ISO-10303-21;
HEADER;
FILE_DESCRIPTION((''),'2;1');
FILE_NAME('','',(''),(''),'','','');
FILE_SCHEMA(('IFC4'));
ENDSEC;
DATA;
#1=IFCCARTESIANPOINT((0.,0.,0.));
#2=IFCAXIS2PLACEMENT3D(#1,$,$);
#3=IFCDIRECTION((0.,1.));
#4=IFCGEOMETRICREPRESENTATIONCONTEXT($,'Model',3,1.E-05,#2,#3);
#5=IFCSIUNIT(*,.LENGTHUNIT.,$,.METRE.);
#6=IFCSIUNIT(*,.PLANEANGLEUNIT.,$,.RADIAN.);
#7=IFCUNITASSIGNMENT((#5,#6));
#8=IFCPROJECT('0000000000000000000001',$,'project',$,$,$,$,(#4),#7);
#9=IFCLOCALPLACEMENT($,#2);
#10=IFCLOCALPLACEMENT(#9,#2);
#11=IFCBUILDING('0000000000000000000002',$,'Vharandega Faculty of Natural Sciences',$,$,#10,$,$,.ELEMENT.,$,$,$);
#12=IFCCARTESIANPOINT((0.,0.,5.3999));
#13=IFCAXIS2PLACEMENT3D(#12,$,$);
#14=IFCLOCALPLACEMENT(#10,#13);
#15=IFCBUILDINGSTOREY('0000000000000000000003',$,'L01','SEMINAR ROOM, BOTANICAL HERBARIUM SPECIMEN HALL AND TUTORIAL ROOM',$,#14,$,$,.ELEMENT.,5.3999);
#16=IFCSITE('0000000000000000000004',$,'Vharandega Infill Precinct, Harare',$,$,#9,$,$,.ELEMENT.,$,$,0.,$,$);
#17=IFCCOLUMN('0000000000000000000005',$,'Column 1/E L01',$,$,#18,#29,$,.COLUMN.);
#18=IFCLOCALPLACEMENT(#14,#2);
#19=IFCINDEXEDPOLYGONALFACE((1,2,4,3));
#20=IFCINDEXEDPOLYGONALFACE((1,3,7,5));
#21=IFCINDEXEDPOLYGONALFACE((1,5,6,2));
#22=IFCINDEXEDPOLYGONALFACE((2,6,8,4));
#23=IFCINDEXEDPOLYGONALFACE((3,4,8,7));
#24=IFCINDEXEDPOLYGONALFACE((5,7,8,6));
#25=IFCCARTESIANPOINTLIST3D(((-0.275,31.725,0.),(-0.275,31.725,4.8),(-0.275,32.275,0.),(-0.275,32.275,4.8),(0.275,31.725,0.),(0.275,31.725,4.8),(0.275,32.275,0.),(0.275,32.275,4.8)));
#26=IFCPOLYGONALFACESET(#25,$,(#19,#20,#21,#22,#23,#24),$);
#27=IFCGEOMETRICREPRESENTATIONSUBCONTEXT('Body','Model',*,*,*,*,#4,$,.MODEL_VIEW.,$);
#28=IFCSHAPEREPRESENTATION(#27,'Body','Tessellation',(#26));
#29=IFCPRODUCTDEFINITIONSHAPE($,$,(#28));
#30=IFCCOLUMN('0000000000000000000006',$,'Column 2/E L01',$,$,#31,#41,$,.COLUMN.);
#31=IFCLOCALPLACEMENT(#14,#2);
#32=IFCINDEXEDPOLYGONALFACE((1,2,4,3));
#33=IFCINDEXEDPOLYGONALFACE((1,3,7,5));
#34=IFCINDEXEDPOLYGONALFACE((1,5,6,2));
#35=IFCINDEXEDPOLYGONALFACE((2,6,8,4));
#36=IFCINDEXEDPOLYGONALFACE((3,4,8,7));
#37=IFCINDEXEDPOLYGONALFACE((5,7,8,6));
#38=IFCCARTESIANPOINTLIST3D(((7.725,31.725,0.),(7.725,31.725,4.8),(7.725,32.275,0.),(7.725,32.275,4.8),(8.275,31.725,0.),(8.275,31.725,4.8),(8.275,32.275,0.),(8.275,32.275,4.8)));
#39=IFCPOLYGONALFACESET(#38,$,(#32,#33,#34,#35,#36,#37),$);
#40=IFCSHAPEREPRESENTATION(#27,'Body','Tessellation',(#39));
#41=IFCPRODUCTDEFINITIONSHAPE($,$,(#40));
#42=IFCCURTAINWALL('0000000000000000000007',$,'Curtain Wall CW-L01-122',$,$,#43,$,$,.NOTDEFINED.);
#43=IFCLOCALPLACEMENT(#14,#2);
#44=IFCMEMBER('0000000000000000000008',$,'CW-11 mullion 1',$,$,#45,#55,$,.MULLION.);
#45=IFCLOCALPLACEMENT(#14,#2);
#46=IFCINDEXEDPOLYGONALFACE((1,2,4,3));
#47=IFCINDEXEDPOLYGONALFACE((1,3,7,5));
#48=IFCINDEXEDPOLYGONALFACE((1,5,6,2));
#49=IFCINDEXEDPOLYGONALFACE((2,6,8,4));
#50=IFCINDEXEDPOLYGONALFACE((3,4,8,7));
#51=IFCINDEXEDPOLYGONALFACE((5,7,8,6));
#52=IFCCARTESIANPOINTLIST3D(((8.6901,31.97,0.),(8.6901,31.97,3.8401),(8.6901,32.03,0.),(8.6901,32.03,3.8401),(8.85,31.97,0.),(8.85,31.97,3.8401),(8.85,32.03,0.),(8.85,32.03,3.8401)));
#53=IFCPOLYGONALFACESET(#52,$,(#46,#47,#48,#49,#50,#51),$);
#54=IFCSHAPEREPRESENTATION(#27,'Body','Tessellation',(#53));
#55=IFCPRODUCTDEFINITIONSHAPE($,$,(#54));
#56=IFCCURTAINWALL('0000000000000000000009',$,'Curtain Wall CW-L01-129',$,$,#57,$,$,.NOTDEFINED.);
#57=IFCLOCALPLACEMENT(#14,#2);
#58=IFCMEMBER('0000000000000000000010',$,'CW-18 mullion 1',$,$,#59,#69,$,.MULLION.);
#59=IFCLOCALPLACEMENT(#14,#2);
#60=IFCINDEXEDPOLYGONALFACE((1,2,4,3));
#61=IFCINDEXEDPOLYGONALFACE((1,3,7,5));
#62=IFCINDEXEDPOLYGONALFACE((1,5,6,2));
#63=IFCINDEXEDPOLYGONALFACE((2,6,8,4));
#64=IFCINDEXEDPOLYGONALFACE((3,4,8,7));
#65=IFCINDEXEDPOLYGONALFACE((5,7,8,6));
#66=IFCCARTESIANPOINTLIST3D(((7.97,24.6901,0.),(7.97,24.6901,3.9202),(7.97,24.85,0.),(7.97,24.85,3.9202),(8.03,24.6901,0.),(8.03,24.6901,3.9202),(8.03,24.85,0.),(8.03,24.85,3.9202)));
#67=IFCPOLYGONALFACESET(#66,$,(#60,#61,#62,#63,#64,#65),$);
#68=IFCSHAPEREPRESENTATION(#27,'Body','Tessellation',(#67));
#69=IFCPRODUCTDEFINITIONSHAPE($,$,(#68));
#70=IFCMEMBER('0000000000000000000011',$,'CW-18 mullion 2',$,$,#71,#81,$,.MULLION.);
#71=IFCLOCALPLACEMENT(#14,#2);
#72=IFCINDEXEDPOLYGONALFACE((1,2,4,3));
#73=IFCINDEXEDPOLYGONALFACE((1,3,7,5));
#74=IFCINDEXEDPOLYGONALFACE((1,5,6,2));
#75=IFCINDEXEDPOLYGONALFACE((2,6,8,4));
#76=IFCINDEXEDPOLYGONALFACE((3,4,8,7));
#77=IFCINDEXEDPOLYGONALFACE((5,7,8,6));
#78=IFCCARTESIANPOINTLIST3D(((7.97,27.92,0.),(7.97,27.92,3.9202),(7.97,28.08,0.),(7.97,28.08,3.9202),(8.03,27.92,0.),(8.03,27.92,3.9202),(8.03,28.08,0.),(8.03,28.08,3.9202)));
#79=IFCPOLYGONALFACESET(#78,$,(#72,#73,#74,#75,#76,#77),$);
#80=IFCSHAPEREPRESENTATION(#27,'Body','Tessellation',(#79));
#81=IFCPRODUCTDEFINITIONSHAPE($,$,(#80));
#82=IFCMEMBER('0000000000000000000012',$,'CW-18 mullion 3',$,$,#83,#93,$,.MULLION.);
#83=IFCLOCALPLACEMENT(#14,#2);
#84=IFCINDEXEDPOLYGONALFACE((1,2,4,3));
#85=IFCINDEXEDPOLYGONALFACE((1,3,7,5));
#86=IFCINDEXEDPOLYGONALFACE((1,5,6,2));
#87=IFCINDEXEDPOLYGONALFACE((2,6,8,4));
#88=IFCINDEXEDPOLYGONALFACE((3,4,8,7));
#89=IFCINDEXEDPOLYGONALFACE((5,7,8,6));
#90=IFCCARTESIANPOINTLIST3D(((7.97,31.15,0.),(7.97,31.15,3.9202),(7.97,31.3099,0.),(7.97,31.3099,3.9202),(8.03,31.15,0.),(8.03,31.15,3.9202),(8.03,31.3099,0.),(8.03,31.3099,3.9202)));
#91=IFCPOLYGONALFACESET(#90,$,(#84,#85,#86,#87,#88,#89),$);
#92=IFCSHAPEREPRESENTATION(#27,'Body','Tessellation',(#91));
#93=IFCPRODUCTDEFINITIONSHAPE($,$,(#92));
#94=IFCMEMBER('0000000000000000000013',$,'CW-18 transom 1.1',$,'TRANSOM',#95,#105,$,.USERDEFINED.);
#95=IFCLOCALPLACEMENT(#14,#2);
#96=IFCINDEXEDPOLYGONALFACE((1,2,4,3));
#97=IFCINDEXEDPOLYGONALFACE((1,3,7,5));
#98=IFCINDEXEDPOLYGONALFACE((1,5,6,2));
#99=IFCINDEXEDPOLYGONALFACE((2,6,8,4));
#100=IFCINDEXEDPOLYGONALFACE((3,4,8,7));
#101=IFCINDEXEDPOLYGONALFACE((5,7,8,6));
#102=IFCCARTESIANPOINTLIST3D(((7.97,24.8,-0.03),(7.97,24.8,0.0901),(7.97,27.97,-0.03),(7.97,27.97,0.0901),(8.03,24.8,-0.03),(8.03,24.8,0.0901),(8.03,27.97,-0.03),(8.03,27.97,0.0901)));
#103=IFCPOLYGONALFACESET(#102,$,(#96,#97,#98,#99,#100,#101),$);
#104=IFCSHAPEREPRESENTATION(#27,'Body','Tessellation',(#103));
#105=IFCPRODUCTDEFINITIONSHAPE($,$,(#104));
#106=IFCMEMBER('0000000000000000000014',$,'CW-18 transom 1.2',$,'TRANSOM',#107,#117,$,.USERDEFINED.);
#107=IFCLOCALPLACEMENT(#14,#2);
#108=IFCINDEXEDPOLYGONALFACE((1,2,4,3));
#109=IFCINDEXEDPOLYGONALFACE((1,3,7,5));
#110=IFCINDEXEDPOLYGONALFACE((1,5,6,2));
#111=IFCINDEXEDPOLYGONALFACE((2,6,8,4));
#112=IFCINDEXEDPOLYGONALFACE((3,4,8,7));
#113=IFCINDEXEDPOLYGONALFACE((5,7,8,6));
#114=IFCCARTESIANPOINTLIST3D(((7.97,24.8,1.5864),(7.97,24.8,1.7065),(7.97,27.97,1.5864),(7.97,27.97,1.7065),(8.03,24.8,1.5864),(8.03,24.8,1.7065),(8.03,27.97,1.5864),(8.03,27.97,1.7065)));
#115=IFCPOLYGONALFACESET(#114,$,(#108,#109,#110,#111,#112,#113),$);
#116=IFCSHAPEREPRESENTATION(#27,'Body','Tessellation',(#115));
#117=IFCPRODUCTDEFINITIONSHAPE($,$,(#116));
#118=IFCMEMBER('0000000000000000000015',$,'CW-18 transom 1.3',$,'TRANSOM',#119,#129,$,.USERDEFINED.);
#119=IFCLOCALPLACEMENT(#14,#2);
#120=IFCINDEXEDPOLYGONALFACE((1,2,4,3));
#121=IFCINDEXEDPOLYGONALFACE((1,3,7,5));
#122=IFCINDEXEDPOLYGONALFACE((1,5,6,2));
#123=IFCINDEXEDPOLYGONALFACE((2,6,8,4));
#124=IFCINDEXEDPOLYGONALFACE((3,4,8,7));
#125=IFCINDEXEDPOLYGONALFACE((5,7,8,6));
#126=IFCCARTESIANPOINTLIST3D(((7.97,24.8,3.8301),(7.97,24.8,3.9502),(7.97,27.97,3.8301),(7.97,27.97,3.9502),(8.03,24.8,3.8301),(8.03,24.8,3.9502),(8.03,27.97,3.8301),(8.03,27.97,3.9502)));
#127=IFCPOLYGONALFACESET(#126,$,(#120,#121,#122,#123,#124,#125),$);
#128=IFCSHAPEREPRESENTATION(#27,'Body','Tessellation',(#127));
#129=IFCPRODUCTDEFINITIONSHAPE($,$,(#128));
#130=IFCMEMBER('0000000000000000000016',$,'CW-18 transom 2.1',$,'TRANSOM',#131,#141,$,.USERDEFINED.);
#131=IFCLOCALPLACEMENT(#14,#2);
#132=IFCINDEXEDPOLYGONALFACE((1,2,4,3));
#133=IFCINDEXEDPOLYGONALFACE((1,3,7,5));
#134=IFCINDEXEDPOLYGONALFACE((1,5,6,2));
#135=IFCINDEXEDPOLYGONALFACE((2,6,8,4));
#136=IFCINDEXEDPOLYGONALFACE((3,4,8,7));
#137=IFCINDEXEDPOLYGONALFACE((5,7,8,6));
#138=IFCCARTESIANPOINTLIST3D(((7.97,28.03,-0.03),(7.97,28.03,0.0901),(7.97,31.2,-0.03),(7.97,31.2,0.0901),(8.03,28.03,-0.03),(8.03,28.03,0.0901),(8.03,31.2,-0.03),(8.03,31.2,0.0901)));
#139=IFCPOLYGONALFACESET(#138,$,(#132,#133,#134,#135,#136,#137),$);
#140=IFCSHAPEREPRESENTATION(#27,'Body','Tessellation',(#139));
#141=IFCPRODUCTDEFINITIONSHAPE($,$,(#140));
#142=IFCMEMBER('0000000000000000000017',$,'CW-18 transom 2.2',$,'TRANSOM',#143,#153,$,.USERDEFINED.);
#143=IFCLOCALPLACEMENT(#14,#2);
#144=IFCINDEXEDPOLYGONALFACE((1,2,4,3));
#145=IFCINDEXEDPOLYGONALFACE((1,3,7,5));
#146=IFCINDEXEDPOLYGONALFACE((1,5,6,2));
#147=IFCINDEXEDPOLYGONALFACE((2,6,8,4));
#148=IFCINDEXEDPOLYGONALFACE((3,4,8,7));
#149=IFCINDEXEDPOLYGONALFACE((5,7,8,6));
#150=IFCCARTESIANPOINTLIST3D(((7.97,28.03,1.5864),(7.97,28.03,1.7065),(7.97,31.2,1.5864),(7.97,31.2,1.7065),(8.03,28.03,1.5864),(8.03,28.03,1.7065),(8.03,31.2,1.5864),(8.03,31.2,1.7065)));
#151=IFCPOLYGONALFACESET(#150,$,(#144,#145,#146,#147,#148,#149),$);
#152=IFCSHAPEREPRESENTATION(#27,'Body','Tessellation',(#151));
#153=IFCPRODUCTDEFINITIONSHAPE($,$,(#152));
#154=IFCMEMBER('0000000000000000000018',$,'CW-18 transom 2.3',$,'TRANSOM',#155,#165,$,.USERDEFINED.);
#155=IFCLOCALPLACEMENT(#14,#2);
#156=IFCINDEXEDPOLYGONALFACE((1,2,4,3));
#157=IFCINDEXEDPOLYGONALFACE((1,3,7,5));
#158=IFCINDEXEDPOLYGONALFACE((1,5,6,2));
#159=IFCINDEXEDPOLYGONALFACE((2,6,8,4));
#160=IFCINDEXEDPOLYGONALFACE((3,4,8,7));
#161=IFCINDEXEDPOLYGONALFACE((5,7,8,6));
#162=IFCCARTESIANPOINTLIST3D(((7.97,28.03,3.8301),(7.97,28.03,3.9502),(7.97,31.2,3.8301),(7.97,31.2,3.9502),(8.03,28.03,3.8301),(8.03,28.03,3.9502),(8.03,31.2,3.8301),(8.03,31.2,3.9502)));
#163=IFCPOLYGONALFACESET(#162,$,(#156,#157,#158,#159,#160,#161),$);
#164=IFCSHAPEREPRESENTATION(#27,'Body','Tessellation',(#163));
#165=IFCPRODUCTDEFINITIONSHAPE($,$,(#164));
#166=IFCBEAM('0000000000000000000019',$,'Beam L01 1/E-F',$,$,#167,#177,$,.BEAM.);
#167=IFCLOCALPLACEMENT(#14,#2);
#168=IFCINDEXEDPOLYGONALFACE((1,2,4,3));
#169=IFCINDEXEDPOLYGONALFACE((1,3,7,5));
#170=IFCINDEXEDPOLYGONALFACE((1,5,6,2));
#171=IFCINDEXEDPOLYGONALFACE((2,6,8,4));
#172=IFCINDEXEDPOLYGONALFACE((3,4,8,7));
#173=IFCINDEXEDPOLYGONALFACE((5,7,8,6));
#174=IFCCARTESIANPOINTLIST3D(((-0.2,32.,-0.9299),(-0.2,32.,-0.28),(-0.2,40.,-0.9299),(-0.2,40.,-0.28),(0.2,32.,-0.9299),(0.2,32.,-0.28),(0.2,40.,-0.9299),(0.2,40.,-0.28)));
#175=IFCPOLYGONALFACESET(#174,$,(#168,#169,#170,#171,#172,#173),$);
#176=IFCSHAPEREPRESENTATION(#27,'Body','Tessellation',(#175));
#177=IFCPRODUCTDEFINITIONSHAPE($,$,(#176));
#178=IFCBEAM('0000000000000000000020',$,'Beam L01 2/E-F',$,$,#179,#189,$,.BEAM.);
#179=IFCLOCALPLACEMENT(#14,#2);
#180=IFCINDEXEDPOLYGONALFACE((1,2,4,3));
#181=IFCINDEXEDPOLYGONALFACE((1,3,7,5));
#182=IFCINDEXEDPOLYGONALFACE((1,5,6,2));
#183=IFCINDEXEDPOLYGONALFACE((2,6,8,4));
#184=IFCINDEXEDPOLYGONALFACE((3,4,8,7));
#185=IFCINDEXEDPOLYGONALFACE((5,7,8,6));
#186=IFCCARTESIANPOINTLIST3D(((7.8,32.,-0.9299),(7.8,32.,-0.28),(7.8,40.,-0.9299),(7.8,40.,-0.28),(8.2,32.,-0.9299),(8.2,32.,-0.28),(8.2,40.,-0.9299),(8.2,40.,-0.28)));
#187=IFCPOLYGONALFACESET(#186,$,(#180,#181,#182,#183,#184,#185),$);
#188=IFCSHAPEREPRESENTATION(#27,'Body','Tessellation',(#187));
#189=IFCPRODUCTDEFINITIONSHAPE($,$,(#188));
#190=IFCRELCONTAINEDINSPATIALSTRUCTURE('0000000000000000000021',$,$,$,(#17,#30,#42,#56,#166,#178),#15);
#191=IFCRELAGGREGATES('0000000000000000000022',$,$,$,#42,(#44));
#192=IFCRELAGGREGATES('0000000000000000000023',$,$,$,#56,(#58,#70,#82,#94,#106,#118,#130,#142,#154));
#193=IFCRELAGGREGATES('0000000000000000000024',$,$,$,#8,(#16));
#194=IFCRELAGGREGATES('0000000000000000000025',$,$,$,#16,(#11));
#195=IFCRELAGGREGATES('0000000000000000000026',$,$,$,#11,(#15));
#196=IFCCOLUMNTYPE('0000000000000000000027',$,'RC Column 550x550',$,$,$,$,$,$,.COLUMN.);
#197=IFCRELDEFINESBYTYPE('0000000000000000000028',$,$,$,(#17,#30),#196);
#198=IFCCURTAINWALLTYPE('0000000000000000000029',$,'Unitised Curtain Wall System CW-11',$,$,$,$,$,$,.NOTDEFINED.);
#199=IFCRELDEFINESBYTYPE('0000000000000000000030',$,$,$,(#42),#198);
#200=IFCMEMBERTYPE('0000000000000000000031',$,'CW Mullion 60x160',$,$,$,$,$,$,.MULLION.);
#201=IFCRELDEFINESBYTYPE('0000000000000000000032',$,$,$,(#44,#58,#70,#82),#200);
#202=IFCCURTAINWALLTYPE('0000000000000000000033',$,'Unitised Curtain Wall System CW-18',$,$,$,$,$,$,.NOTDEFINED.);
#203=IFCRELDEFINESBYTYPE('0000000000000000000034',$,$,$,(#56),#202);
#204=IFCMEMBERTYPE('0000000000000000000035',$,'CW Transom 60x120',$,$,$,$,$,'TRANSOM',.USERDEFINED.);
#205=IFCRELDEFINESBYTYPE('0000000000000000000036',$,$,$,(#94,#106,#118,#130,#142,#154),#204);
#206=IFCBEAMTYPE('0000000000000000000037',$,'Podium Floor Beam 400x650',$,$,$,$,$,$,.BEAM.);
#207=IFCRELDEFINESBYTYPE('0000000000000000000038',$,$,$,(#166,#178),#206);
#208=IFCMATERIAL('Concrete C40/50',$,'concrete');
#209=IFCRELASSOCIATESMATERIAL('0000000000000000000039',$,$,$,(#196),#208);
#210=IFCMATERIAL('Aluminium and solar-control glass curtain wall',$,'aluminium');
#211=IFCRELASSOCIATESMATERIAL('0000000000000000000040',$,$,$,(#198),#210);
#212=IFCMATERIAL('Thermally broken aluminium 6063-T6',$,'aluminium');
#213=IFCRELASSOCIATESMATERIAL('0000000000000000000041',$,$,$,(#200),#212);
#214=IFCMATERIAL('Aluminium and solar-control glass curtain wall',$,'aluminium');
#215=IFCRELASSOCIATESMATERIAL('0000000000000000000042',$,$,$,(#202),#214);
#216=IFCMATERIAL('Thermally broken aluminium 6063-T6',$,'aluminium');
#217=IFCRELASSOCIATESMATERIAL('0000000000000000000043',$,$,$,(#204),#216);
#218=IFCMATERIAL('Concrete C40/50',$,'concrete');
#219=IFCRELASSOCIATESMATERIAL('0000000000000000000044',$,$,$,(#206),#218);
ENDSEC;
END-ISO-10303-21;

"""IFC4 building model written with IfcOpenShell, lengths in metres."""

from ifc_helpers import new_model, si_unit, direction, frame, origin, origin_2d, place, context, subcontext, project, spatial, rectangle, extrude, material, material_profile, profile_set, type_object, element, aggregate, save


model = new_model("IFC4")

# Units and contexts
model_context = context("Model", 3, precision=1e-05, world=origin(), true_north=direction((0.0, 1.0)))
body_context = subcontext(model_context, "Body", "Model", "MODEL_VIEW")
ifc_project = project(units=[si_unit("LENGTHUNIT", "METRE"), si_unit("PLANEANGLEUNIT", "RADIAN")], contexts=[model_context])

# Site, building, storey
site_placement = place(None, origin())
site = spatial("IfcSite", under=ifc_project, at=site_placement, Name="Vharandega Infill Precinct, Harare", CompositionType="ELEMENT", RefElevation=0.0)
building_placement = place(site_placement, origin())
building = spatial("IfcBuilding", under=site, at=building_placement, Name="Vharandega Faculty of Natural Sciences", CompositionType="ELEMENT")
storey_placement = place(building_placement, frame((0.0, 0.0, 5.3999)))
storey = spatial("IfcBuildingStorey", under=building, at=storey_placement, Name="L01", Description="SEMINAR ROOM, BOTANICAL HERBARIUM SPECIMEN HALL AND TUTORIAL ROOM", CompositionType="ELEMENT", Elevation=5.3999)

# Columns
ifc_material_1 = material(Name="Concrete C40/50", Category="concrete")
ifc_material_profile_1 = material_profile(ifc_material_1, rectangle(XDim=0.55, YDim=0.55, at=origin_2d()), Name="RC 550x550")
ifc_profile_set_1 = profile_set([ifc_material_profile_1], Name="Concrete C40/50")
column_type = type_object("IfcColumnType", Name="RC Column 550x550", PredefinedType="COLUMN", material=ifc_profile_set_1)
for number, where, z_axis, x_axis, name in (
    (1, (0.0, 32.0, 0.0), (0.0, 0.0, 1.0), (1.0, 0.0, 0.0), "Column 1/E L01"),
    (2, (8.0, 32.0, 0.0), (0.0, 0.0, 1.0), (1.0, 0.0, 0.0), "Column 2/E L01"),
):
    element("IfcColumn", number, at=place(storey_placement, frame(where, z_axis=z_axis, x_axis=x_axis)), inside=storey, type_object=column_type, Name=name, PredefinedType="COLUMN", context=body_context, shape_type="SweptSolid", body=[
        extrude(rectangle(XDim=0.55, YDim=0.55, at=origin_2d()), origin(), (0.0, 0.0, 1.0), 4.8),
    ])

# Curtain wall, member
ifc_material_2 = material(Name="Aluminium and solar-control glass curtain wall", Category="aluminium")
curtain_wall_type_1 = type_object("IfcCurtainWallType", Name="Unitised Curtain Wall System CW-11", PredefinedType="NOTDEFINED", material=ifc_material_2)
curtain_wall_1_placement = place(storey_placement, origin())
curtain_wall_1 = element("IfcCurtainWall", 3, at=curtain_wall_1_placement, inside=storey, type_object=curtain_wall_type_1, Name="Curtain Wall CW-L01-122", PredefinedType="NOTDEFINED")
ifc_material_3 = material(Name="Thermally broken aluminium 6063-T6", Category="aluminium")
ifc_material_profile_2 = material_profile(ifc_material_3, rectangle(XDim=0.0601, YDim=0.1599, at=origin_2d()), Name="ALU 60x160")
ifc_profile_set_2 = profile_set([ifc_material_profile_2], Name="Thermally broken aluminium 6063-T6")
member_type_1 = type_object("IfcMemberType", Name="CW Mullion 60x160", PredefinedType="MULLION", material=ifc_profile_set_2)
member_1_placement = place(storey_placement, frame((8.77, 32.0, 0.0), z_axis=(0.0, 0.0, 1.0), x_axis=(0.0, 1.0, 0.0)))
member_1 = element("IfcMember", 4, at=member_1_placement, type_object=member_type_1, Name="CW-11 mullion 1", PredefinedType="MULLION", context=body_context, shape_type="SweptSolid", body=[
    extrude(rectangle(XDim=0.0601, YDim=0.1599, at=origin_2d()), origin(), (0.0, 0.0, 1.0), 3.8401),
])
aggregate(curtain_wall_1, [member_1])

# Curtain wall, members
ifc_material_4 = material(Name="Aluminium and solar-control glass curtain wall", Category="aluminium")
curtain_wall_type_2 = type_object("IfcCurtainWallType", Name="Unitised Curtain Wall System CW-18", PredefinedType="NOTDEFINED", material=ifc_material_4)
curtain_wall_2_placement = place(storey_placement, origin())
curtain_wall_2 = element("IfcCurtainWall", 5, at=curtain_wall_2_placement, inside=storey, type_object=curtain_wall_type_2, Name="Curtain Wall CW-L01-129", PredefinedType="NOTDEFINED")
member_2_placement = place(storey_placement, frame((8.0, 24.77, 0.0), z_axis=(0.0, 0.0, 1.0), x_axis=(-1.0, 0.0, 0.0)))
member_2 = element("IfcMember", 6, at=member_2_placement, type_object=member_type_1, Name="CW-18 mullion 1", PredefinedType="MULLION", context=body_context, shape_type="SweptSolid", body=[
    extrude(rectangle(XDim=0.0601, YDim=0.1599, at=origin_2d()), origin(), (0.0, 0.0, 1.0), 3.9202),
])
member_3_placement = place(storey_placement, frame((8.0, 28.0, 0.0), z_axis=(0.0, 0.0, 1.0), x_axis=(-1.0, 0.0, 0.0)))
member_3 = element("IfcMember", 7, at=member_3_placement, type_object=member_type_1, Name="CW-18 mullion 2", PredefinedType="MULLION", context=body_context, shape_type="SweptSolid", body=[
    extrude(rectangle(XDim=0.0601, YDim=0.1599, at=origin_2d()), origin(), (0.0, 0.0, 1.0), 3.9202),
])
member_4_placement = place(storey_placement, frame((8.0, 31.23, 0.0), z_axis=(0.0, 0.0, 1.0), x_axis=(-1.0, 0.0, 0.0)))
member_4 = element("IfcMember", 8, at=member_4_placement, type_object=member_type_1, Name="CW-18 mullion 3", PredefinedType="MULLION", context=body_context, shape_type="SweptSolid", body=[
    extrude(rectangle(XDim=0.0601, YDim=0.1599, at=origin_2d()), origin(), (0.0, 0.0, 1.0), 3.9202),
])
ifc_material_5 = material(Name="Thermally broken aluminium 6063-T6", Category="aluminium")
ifc_material_profile_3 = material_profile(ifc_material_5, rectangle(XDim=0.0601, YDim=0.1201, at=origin_2d()), Name="ALU 60x120")
ifc_profile_set_3 = profile_set([ifc_material_profile_3], Name="Thermally broken aluminium 6063-T6")
member_type_2 = type_object("IfcMemberType", Name="CW Transom 60x120", ElementType="TRANSOM", PredefinedType="USERDEFINED", material=ifc_profile_set_3)
member_5_placement = place(storey_placement, frame((8.0, 24.8, 0.03), z_axis=(0.0, 1.0, 0.0), x_axis=(-1.0, 0.0, 0.0)))
member_5 = element("IfcMember", 9, at=member_5_placement, type_object=member_type_2, Name="CW-18 transom 1.1", ObjectType="TRANSOM", PredefinedType="USERDEFINED", context=body_context, shape_type="SweptSolid", body=[
    extrude(rectangle(XDim=0.0601, YDim=0.1201, at=origin_2d()), origin(), (0.0, 0.0, 1.0), 3.1699),
])
member_6_placement = place(storey_placement, frame((8.0, 24.8, 1.6465), z_axis=(0.0, 1.0, 0.0), x_axis=(-1.0, 0.0, 0.0)))
member_6 = element("IfcMember", 10, at=member_6_placement, type_object=member_type_2, Name="CW-18 transom 1.2", ObjectType="TRANSOM", PredefinedType="USERDEFINED", context=body_context, shape_type="SweptSolid", body=[
    extrude(rectangle(XDim=0.0601, YDim=0.1201, at=origin_2d()), origin(), (0.0, 0.0, 1.0), 3.1699),
])
member_7_placement = place(storey_placement, frame((8.0, 24.8, 3.8901), z_axis=(0.0, 1.0, 0.0), x_axis=(-1.0, 0.0, 0.0)))
member_7 = element("IfcMember", 11, at=member_7_placement, type_object=member_type_2, Name="CW-18 transom 1.3", ObjectType="TRANSOM", PredefinedType="USERDEFINED", context=body_context, shape_type="SweptSolid", body=[
    extrude(rectangle(XDim=0.0601, YDim=0.1201, at=origin_2d()), origin(), (0.0, 0.0, 1.0), 3.1699),
])
member_8_placement = place(storey_placement, frame((8.0, 28.03, 0.03), z_axis=(0.0, 1.0, 0.0), x_axis=(-1.0, 0.0, 0.0)))
member_8 = element("IfcMember", 12, at=member_8_placement, type_object=member_type_2, Name="CW-18 transom 2.1", ObjectType="TRANSOM", PredefinedType="USERDEFINED", context=body_context, shape_type="SweptSolid", body=[
    extrude(rectangle(XDim=0.0601, YDim=0.1201, at=origin_2d()), origin(), (0.0, 0.0, 1.0), 3.1699),
])
member_9_placement = place(storey_placement, frame((8.0, 28.03, 1.6465), z_axis=(0.0, 1.0, 0.0), x_axis=(-1.0, 0.0, 0.0)))
member_9 = element("IfcMember", 13, at=member_9_placement, type_object=member_type_2, Name="CW-18 transom 2.2", ObjectType="TRANSOM", PredefinedType="USERDEFINED", context=body_context, shape_type="SweptSolid", body=[
    extrude(rectangle(XDim=0.0601, YDim=0.1201, at=origin_2d()), origin(), (0.0, 0.0, 1.0), 3.1699),
])
member_10_placement = place(storey_placement, frame((8.0, 28.03, 3.8901), z_axis=(0.0, 1.0, 0.0), x_axis=(-1.0, 0.0, 0.0)))
member_10 = element("IfcMember", 14, at=member_10_placement, type_object=member_type_2, Name="CW-18 transom 2.3", ObjectType="TRANSOM", PredefinedType="USERDEFINED", context=body_context, shape_type="SweptSolid", body=[
    extrude(rectangle(XDim=0.0601, YDim=0.1201, at=origin_2d()), origin(), (0.0, 0.0, 1.0), 3.1699),
])

# Beams
ifc_material_6 = material(Name="Concrete C40/50", Category="concrete")
ifc_material_profile_4 = material_profile(ifc_material_6, rectangle(XDim=0.3999, YDim=0.6499, at=origin_2d()), Name="RC 400x650")
ifc_profile_set_4 = profile_set([ifc_material_profile_4], Name="Concrete C40/50")
beam_type_1 = type_object("IfcBeamType", Name="Podium Floor Beam 400x650", PredefinedType="BEAM", material=ifc_profile_set_4)
for number, where, z_axis, x_axis, name in (
    (15, (0.0, 32.0, -0.605), (0.0, 1.0, 0.0), (-1.0, 0.0, 0.0), "Beam L01 1/E-F"),
    (16, (8.0, 32.0, -0.605), (0.0, 1.0, 0.0), (-1.0, 0.0, 0.0), "Beam L01 2/E-F"),
):
    element("IfcBeam", number, at=place(storey_placement, frame(where, z_axis=z_axis, x_axis=x_axis)), inside=storey, type_object=beam_type_1, Name=name, PredefinedType="BEAM", context=body_context, shape_type="SweptSolid", body=[
        extrude(rectangle(XDim=0.3999, YDim=0.6499, at=origin_2d()), origin(), (0.0, 0.0, 1.0), 8.0),
    ])

aggregate(curtain_wall_2, [member_2, member_3, member_4, member_5, member_6, member_7, member_8, member_9, member_10])

save(model, "model.ifc")
